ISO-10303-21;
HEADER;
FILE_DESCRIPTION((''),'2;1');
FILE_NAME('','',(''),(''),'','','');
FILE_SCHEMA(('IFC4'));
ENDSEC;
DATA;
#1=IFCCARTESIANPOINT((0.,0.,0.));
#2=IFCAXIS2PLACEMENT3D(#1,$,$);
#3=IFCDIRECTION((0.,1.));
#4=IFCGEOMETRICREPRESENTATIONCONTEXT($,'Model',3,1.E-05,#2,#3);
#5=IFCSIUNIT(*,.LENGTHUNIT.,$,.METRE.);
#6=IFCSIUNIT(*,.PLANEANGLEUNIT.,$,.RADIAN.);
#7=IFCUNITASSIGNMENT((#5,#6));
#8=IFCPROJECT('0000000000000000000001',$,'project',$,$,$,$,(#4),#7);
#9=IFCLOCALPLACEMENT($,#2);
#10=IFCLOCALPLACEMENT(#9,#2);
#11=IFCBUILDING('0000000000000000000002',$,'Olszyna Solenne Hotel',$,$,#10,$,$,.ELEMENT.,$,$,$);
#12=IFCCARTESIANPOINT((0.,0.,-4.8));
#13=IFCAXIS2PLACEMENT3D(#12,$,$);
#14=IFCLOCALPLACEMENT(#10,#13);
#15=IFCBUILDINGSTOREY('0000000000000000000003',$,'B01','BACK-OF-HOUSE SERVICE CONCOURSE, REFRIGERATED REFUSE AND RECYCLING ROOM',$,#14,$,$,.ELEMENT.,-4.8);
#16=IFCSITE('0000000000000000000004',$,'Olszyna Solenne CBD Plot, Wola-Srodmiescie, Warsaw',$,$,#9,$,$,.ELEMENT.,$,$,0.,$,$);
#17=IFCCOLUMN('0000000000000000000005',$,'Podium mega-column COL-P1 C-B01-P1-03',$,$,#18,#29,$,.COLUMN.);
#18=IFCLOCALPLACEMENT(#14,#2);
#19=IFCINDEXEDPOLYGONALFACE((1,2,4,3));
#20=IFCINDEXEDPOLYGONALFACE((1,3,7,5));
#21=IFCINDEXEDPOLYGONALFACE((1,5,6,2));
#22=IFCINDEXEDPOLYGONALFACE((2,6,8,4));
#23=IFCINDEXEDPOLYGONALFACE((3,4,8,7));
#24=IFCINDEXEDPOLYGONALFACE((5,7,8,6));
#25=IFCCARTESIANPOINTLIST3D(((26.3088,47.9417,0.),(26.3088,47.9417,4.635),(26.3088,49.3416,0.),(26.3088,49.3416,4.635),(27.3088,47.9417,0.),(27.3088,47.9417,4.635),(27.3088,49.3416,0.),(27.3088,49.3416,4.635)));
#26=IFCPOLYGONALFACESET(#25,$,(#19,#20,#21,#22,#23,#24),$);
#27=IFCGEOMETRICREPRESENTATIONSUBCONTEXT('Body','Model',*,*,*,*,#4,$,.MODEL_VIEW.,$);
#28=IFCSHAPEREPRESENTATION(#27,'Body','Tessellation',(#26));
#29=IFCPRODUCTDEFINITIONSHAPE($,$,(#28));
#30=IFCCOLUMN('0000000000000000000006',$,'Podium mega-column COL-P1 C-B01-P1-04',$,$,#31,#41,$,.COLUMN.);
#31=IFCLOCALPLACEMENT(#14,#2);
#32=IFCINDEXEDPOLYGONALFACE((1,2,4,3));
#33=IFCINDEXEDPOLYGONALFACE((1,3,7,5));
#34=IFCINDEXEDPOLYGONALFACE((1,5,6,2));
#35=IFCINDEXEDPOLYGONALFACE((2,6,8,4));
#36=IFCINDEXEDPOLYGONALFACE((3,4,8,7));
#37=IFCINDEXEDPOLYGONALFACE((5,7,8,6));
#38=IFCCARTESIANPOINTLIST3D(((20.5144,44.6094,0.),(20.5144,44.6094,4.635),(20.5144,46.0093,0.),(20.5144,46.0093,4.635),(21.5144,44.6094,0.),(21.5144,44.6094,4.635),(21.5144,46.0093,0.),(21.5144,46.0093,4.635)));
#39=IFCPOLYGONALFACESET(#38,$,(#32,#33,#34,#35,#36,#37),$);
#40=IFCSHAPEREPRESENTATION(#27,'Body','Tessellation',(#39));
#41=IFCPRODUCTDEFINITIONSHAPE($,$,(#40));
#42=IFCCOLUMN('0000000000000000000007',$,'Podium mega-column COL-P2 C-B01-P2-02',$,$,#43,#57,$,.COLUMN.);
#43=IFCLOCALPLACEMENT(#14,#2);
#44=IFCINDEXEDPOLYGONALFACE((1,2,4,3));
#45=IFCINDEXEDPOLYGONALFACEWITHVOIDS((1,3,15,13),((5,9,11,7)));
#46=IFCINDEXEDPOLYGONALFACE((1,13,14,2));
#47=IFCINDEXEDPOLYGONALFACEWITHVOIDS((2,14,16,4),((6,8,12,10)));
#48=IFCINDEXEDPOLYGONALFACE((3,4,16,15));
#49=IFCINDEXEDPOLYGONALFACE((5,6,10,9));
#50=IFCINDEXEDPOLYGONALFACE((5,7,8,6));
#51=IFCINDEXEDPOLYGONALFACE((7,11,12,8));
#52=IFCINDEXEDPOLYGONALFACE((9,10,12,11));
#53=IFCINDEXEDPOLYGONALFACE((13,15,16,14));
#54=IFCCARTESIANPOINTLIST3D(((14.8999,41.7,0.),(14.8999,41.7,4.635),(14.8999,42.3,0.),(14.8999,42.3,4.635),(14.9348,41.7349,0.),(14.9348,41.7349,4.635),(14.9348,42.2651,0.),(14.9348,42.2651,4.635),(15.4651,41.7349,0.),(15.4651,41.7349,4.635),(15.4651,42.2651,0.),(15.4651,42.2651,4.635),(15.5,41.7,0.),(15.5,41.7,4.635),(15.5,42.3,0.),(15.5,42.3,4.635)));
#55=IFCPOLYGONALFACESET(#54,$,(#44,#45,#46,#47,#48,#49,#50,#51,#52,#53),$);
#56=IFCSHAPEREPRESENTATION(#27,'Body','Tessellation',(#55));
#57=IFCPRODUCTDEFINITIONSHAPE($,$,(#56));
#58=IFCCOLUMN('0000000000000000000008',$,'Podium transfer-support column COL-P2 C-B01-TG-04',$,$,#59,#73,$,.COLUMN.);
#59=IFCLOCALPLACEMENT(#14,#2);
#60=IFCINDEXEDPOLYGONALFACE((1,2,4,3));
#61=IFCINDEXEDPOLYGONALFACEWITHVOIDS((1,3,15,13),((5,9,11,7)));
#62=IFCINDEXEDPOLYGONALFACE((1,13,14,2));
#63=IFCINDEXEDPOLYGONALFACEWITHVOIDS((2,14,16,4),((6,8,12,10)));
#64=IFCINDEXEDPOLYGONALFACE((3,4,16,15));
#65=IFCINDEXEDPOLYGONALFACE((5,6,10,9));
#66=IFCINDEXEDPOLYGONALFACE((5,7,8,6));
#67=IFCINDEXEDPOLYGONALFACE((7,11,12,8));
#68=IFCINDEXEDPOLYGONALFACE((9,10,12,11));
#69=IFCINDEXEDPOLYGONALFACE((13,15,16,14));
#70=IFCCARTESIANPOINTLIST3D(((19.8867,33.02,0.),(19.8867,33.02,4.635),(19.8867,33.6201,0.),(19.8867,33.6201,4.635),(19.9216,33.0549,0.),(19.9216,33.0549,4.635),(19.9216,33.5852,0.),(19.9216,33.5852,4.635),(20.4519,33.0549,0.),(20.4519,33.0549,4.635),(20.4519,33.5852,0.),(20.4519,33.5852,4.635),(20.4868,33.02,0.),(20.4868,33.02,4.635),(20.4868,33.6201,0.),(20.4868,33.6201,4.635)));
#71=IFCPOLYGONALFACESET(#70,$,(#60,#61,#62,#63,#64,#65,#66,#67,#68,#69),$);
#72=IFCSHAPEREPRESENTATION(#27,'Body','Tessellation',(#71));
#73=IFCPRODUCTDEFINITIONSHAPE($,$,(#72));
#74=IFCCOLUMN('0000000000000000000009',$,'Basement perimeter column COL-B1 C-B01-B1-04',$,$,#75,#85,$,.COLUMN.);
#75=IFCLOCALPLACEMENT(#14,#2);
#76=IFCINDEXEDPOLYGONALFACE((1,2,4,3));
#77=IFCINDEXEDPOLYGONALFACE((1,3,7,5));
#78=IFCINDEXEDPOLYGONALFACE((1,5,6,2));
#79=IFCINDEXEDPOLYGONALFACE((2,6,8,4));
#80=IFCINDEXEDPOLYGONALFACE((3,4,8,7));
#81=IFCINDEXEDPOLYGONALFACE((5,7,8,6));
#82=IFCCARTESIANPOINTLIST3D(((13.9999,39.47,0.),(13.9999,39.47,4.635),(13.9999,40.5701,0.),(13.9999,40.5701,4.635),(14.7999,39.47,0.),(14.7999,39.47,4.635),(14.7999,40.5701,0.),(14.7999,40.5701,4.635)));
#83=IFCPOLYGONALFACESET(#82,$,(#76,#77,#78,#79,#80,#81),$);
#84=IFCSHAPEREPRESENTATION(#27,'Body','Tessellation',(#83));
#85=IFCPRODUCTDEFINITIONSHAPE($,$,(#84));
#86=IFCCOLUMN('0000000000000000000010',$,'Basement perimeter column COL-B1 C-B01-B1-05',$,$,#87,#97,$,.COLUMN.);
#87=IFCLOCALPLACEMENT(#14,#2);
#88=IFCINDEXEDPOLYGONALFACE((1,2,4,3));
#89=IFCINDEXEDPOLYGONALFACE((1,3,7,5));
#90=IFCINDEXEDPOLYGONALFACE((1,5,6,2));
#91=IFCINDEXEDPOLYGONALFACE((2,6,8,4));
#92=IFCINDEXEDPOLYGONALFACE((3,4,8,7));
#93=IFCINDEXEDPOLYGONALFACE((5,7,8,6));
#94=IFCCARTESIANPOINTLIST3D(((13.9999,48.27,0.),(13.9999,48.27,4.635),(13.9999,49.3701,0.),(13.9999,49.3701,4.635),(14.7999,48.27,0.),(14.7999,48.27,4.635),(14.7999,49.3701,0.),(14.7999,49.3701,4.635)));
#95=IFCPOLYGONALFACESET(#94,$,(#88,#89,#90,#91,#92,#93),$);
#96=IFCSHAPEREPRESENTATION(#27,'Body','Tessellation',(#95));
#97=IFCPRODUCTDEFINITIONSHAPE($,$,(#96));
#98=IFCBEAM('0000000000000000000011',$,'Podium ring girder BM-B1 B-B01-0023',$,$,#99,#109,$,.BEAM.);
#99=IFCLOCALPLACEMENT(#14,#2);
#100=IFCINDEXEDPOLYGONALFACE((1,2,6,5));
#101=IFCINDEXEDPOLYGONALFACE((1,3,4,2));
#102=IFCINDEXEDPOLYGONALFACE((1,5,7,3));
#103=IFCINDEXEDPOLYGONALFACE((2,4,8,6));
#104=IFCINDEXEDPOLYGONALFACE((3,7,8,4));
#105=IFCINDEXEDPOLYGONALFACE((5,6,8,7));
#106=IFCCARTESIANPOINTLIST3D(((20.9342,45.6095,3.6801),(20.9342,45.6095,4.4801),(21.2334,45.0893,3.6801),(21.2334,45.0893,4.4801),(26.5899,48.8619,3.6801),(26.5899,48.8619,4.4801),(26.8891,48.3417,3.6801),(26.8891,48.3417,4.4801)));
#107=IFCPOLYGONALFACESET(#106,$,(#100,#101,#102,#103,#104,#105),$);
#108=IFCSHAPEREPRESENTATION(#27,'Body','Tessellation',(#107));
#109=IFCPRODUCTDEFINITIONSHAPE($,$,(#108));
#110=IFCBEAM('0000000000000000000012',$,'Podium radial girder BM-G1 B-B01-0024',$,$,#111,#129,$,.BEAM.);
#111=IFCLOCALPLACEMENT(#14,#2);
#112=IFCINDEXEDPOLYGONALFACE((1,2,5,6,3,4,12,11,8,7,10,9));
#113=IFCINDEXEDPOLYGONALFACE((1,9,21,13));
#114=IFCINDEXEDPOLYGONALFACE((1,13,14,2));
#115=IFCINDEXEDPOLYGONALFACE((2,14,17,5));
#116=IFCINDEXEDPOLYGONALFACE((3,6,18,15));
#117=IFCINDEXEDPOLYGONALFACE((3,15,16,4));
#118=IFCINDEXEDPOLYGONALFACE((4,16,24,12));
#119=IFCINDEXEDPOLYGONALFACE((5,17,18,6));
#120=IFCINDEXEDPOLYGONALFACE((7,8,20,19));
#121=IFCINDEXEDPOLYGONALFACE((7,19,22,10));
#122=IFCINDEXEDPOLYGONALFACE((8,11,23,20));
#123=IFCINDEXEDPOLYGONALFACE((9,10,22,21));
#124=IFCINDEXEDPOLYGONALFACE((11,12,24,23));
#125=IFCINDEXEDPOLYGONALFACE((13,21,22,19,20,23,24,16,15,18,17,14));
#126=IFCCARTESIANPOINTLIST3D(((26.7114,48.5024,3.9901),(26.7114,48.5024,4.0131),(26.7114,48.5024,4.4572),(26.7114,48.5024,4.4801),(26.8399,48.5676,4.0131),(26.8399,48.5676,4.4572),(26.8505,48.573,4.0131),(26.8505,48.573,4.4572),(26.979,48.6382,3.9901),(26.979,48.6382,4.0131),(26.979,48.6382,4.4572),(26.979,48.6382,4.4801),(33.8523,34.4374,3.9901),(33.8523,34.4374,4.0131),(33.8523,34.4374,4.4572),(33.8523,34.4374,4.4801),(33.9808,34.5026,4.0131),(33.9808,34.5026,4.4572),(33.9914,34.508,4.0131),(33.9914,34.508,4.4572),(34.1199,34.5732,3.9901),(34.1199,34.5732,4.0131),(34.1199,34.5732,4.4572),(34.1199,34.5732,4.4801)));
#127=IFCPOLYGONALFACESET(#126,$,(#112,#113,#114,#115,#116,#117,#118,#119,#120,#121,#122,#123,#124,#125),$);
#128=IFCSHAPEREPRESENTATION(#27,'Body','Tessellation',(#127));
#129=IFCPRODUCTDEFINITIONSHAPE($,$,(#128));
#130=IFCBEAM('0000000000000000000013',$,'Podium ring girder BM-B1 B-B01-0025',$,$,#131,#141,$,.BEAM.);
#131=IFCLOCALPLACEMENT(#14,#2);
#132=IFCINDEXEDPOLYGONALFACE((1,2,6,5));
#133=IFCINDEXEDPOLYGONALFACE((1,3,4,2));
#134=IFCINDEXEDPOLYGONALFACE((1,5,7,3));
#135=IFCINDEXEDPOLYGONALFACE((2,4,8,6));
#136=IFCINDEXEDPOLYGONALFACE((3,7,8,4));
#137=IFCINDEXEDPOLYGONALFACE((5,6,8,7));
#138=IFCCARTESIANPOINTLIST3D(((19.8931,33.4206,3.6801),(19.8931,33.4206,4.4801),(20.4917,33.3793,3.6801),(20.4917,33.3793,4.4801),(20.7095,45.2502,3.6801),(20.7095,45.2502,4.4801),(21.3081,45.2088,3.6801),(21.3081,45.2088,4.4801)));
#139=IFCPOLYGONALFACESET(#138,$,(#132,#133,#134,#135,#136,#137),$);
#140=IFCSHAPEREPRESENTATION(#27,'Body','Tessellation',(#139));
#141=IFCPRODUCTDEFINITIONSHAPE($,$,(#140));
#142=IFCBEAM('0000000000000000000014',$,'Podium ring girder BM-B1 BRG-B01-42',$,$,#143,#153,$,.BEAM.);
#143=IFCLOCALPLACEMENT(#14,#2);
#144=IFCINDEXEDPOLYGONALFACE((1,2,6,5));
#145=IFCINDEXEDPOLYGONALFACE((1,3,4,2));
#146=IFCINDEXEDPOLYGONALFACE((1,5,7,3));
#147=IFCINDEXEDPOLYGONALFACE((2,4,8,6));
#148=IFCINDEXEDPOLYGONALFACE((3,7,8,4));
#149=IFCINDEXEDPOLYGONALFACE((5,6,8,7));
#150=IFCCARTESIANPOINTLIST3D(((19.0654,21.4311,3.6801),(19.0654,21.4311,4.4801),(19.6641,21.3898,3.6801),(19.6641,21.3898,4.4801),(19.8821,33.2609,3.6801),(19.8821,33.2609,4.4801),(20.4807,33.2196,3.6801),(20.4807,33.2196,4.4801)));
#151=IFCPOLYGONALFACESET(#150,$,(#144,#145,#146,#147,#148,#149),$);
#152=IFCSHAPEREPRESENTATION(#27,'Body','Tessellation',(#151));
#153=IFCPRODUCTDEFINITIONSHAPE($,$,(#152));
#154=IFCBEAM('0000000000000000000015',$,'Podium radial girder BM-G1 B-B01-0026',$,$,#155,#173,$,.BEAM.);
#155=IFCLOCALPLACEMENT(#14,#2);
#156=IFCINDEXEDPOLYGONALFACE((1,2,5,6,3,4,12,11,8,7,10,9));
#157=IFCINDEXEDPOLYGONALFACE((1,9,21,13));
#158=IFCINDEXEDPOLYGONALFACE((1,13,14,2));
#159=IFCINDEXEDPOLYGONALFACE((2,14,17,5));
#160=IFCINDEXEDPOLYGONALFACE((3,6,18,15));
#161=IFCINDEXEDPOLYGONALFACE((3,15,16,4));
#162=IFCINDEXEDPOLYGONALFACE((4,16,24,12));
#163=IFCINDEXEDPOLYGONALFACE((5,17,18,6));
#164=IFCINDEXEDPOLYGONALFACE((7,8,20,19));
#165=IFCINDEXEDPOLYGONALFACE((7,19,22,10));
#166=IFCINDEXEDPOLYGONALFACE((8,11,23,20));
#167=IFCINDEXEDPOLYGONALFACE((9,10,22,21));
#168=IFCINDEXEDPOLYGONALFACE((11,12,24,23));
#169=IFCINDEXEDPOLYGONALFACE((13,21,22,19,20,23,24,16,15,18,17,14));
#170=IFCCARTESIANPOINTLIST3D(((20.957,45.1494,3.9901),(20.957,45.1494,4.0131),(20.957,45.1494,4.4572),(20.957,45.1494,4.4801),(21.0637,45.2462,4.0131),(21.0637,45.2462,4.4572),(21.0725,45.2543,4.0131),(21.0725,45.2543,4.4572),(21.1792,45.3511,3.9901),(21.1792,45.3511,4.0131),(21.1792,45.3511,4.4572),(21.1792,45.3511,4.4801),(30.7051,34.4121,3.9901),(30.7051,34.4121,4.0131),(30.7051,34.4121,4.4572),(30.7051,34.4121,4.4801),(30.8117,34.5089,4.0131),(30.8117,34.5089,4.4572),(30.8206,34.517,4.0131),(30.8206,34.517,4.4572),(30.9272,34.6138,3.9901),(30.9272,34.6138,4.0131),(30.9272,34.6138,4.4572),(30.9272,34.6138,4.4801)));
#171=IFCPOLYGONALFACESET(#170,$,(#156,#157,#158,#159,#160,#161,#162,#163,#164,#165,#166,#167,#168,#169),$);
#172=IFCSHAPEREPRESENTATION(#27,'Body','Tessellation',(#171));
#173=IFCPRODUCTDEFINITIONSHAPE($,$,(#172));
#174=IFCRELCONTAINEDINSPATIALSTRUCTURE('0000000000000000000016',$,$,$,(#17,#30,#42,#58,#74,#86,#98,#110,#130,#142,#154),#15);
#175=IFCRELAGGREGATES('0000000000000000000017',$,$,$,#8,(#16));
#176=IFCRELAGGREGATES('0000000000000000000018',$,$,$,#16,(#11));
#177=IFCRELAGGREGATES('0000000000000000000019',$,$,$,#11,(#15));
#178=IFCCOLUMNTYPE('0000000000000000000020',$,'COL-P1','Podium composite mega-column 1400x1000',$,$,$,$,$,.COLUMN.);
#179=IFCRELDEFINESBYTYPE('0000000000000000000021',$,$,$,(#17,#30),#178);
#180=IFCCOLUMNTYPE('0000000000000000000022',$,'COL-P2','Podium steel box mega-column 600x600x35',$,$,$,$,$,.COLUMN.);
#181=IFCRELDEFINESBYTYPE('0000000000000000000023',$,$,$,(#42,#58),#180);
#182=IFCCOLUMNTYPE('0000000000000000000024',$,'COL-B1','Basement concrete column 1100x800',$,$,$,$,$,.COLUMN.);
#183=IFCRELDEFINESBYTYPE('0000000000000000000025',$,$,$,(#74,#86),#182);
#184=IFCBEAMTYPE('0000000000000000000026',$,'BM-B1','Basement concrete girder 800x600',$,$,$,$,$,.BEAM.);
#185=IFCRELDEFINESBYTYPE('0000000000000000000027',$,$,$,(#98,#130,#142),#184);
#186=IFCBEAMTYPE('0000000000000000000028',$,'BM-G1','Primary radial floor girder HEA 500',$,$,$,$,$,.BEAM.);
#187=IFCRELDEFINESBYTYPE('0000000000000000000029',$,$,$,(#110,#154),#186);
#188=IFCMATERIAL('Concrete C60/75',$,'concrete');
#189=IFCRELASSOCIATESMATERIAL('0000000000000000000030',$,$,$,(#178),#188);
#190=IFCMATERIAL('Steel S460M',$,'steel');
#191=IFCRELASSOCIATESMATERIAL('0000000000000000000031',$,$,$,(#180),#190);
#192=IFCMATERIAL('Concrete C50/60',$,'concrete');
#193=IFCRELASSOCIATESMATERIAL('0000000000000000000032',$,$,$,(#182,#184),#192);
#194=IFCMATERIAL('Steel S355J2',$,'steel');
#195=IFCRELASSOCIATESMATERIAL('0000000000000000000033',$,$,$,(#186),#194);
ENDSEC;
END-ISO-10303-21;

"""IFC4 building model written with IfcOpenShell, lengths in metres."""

from ifc_helpers import new_model, si_unit, direction, frame, origin, origin_2d, place, context, subcontext, project, spatial, rectangle, hollow_rectangle, i_section, extrude, source, transform, mapped, material, material_profile, profile_set, type_object, element, save


model = new_model("IFC4")

# Units and contexts
model_context = context("Model", 3, precision=1e-05, world=origin(), true_north=direction((0.0, 1.0)))
body_context = subcontext(model_context, "Body", "Model", "MODEL_VIEW")
ifc_project = project(units=[si_unit("LENGTHUNIT", "METRE"), si_unit("PLANEANGLEUNIT", "RADIAN")], contexts=[model_context])

# Site, building, storey
site_placement = place(None, origin())
site = spatial("IfcSite", under=ifc_project, at=site_placement, Name="Olszyna Solenne CBD Plot, Wola-Srodmiescie, Warsaw", CompositionType="ELEMENT", RefElevation=0.0)
building_placement = place(site_placement, origin())
building = spatial("IfcBuilding", under=site, at=building_placement, Name="Olszyna Solenne Hotel", CompositionType="ELEMENT")
storey_placement = place(building_placement, frame((0.0, 0.0, -4.8)))
storey = spatial("IfcBuildingStorey", under=building, at=storey_placement, Name="B01", Description="BACK-OF-HOUSE SERVICE CONCOURSE, REFRIGERATED REFUSE AND RECYCLING ROOM", CompositionType="ELEMENT", Elevation=-4.8)

# Columns
ifc_material_1 = material(Name="Concrete C60/75", Category="concrete")
ifc_material_profile_1 = material_profile(ifc_material_1, rectangle(XDim=1.0, YDim=1.3999, at=origin_2d()), Name="RC 1400x1000", Category="load-bearing")
ifc_profile_set_1 = profile_set([ifc_material_profile_1], Name="Concrete C60/75")
column_type_1 = type_object("IfcColumnType", Name="COL-P1", Description="Podium composite mega-column 1400x1000", PredefinedType="COLUMN", material=ifc_profile_set_1)
shared_shape_1 = source(origin(), body_context, "Body", "SweptSolid", [
    extrude(rectangle(XDim=1.0, YDim=1.3999, at=origin_2d()), origin(), (0.0, 0.0, 1.0), 4.635),
])
for number, where, z_axis, x_axis, name in (
    (1, (26.8088, 48.6416, 0.0), (0.0, 0.0, 1.0), (1.0, 0.0, 0.0), "Podium mega-column COL-P1 C-B01-P1-03"),
    (2, (21.0144, 45.3093, 0.0), (0.0, 0.0, 1.0), (1.0, 0.0, 0.0), "Podium mega-column COL-P1 C-B01-P1-04"),
):
    element("IfcColumn", number, at=place(storey_placement, frame(where, z_axis=z_axis, x_axis=x_axis)), inside=storey, type_object=column_type_1, Name=name, PredefinedType="COLUMN", context=body_context, shape_type="MappedRepresentation", body=[
        mapped(shared_shape_1, transform((0.0, 0.0, 0.0), x_axis=(1.0, 0.0, 0.0), y_axis=(0.0, 1.0, 0.0), z_axis=(0.0, 0.0, 1.0), scale=1.0)),
    ])
ifc_material_2 = material(Name="Steel S460M", Category="steel")
ifc_material_profile_2 = material_profile(ifc_material_2, hollow_rectangle(XDim=0.6001, YDim=0.6001, WallThickness=0.0349, at=origin_2d()), Name="SHS 600x600x35", Category="load-bearing")
ifc_profile_set_2 = profile_set([ifc_material_profile_2], Name="Steel S460M")
column_type_2 = type_object("IfcColumnType", Name="COL-P2", Description="Podium steel box mega-column 600x600x35", PredefinedType="COLUMN", material=ifc_profile_set_2)
shared_shape_2 = source(origin(), body_context, "Body", "SweptSolid", [
    extrude(hollow_rectangle(XDim=0.6001, YDim=0.6001, WallThickness=0.0349, at=origin_2d()), origin(), (0.0, 0.0, 1.0), 4.635),
])
for number, where, z_axis, x_axis, name in (
    (3, (15.2, 42.0, 0.0), (0.0, 0.0, 1.0), (1.0, 0.0, 0.0), "Podium mega-column COL-P2 C-B01-P2-02"),
    (4, (20.1868, 33.3201, 0.0), (0.0, 0.0, 1.0), (1.0, 0.0, 0.0), "Podium transfer-support column COL-P2 C-B01-TG-04"),
):
    element("IfcColumn", number, at=place(storey_placement, frame(where, z_axis=z_axis, x_axis=x_axis)), inside=storey, type_object=column_type_2, Name=name, PredefinedType="COLUMN", context=body_context, shape_type="MappedRepresentation", body=[
        mapped(shared_shape_2, transform((0.0, 0.0, 0.0), x_axis=(1.0, 0.0, 0.0), y_axis=(0.0, 1.0, 0.0), z_axis=(0.0, 0.0, 1.0), scale=1.0)),
    ])
ifc_material_3 = material(Name="Concrete C50/60", Category="concrete")
ifc_material_profile_3 = material_profile(ifc_material_3, rectangle(XDim=0.8, YDim=1.1001, at=origin_2d()), Name="RC 1100x800", Category="load-bearing")
ifc_profile_set_3 = profile_set([ifc_material_profile_3], Name="Concrete C50/60")
column_type_3 = type_object("IfcColumnType", Name="COL-B1", Description="Basement concrete column 1100x800", PredefinedType="COLUMN", material=ifc_profile_set_3)
shared_shape_3 = source(origin(), body_context, "Body", "SweptSolid", [
    extrude(rectangle(XDim=0.8, YDim=1.1001, at=origin_2d()), origin(), (0.0, 0.0, 1.0), 4.635),
])
for number, where, z_axis, x_axis, name in (
    (5, (14.3999, 40.02, 0.0), (0.0, 0.0, 1.0), (1.0, 0.0, 0.0), "Basement perimeter column COL-B1 C-B01-B1-04"),
    (6, (14.3999, 48.8201, 0.0), (0.0, 0.0, 1.0), (1.0, 0.0, 0.0), "Basement perimeter column COL-B1 C-B01-B1-05"),
):
    element("IfcColumn", number, at=place(storey_placement, frame(where, z_axis=z_axis, x_axis=x_axis)), inside=storey, type_object=column_type_3, Name=name, PredefinedType="COLUMN", context=body_context, shape_type="MappedRepresentation", body=[
        mapped(shared_shape_3, transform((0.0, 0.0, 0.0), x_axis=(1.0, 0.0, 0.0), y_axis=(0.0, 1.0, 0.0), z_axis=(0.0, 0.0, 1.0), scale=1.0)),
    ])

# Beams
ifc_material_profile_4 = material_profile(ifc_material_3, rectangle(XDim=0.6001, YDim=0.8, at=origin_2d()), Name="RC 800x600", Category="load-bearing")
ifc_profile_set_4 = profile_set([ifc_material_profile_4], Name="Concrete C50/60")
beam_type_1 = type_object("IfcBeamType", Name="BM-B1", Description="Basement concrete girder 800x600", PredefinedType="BEAM", material=ifc_profile_set_4)
shared_shape_4 = source(origin(), body_context, "Body", "SweptSolid", [
    extrude(rectangle(XDim=0.6001, YDim=0.8, at=origin_2d()), origin(), (0.0, 0.0, 1.0), 6.5242),
])
beam_1_placement = place(storey_placement, frame((26.7395, 48.6018, 4.0801), z_axis=(-0.866881, -0.498515, 0.0), x_axis=(0.498515, -0.866881, 0.0)))
element("IfcBeam", 7, at=beam_1_placement, inside=storey, type_object=beam_type_1, Name="Podium ring girder BM-B1 B-B01-0023", PredefinedType="BEAM", context=body_context, shape_type="MappedRepresentation", body=[
    mapped(shared_shape_4, transform((0.0, 0.0, 0.0), x_axis=(1.0, 0.0, 0.0), y_axis=(0.0, 1.0, 0.0), z_axis=(0.0, 0.0, 1.0), scale=1.0)),
])
ifc_material_4 = material(Name="Steel S355J2", Category="steel")
ifc_material_profile_5 = material_profile(ifc_material_4, i_section(OverallWidth=0.3, OverallDepth=0.49, WebThickness=0.012, FlangeThickness=0.0229, at=origin_2d()), Name="HEA 500", Category="load-bearing")
ifc_profile_set_5 = profile_set([ifc_material_profile_5], Name="Steel S355J2")
beam_type_2 = type_object("IfcBeamType", Name="BM-G1", Description="Primary radial floor girder HEA 500", PredefinedType="BEAM", material=ifc_profile_set_5)
shared_shape_5 = source(origin(), body_context, "Body", "SweptSolid", [
    extrude(i_section(OverallWidth=0.3, OverallDepth=0.49, WebThickness=0.012, FlangeThickness=0.0229, at=origin_2d()), origin(), (0.0, 0.0, 1.0), 15.7739),
])
beam_2_placement = place(storey_placement, frame((26.8452, 48.5703, 4.2351), z_axis=(0.452703, -0.891661, 0.0), x_axis=(0.891661, 0.452703, 0.0)))
element("IfcBeam", 8, at=beam_2_placement, inside=storey, type_object=beam_type_2, Name="Podium radial girder BM-G1 B-B01-0024", PredefinedType="BEAM", context=body_context, shape_type="MappedRepresentation", body=[
    mapped(shared_shape_5, transform((0.0, 0.0, 0.0), x_axis=(1.0, 0.0, 0.0), y_axis=(0.0, 1.0, 0.0), z_axis=(0.0, 0.0, 1.0), scale=1.0)),
])
shared_shape_6 = source(origin(), body_context, "Body", "SweptSolid", [
    extrude(rectangle(XDim=0.6001, YDim=0.8, at=origin_2d()), origin(), (0.0, 0.0, 1.0), 11.8577),
])
beam_3_placement = place(storey_placement, frame((21.0088, 45.2295, 4.0801), z_axis=(-0.06885, -0.997627, 0.0), x_axis=(0.997627, -0.06885, 0.0)))
element("IfcBeam", 9, at=beam_3_placement, inside=storey, type_object=beam_type_1, Name="Podium ring girder BM-B1 B-B01-0025", PredefinedType="BEAM", context=body_context, shape_type="MappedRepresentation", body=[
    mapped(shared_shape_6, transform((0.0, 0.0, 0.0), x_axis=(1.0, 0.0, 0.0), y_axis=(0.0, 1.0, 0.0), z_axis=(0.0, 0.0, 1.0), scale=1.0)),
])
shared_shape_7 = source(origin(), body_context, "Body", "SweptSolid", [
    extrude(rectangle(XDim=0.6001, YDim=0.8, at=origin_2d()), origin(), (0.0, 0.0, 1.0), 11.8579),
])
beam_4_placement = place(storey_placement, frame((20.1814, 33.2402, 4.0801), z_axis=(-0.068869, -0.997626, 0.0), x_axis=(0.997626, -0.068869, 0.0)))
element("IfcBeam", 10, at=beam_4_placement, inside=storey, type_object=beam_type_1, Name="Podium ring girder BM-B1 BRG-B01-42", PredefinedType="BEAM", context=body_context, shape_type="MappedRepresentation", body=[
    mapped(shared_shape_7, transform((0.0, 0.0, 0.0), x_axis=(1.0, 0.0, 0.0), y_axis=(0.0, 1.0, 0.0), z_axis=(0.0, 0.0, 1.0), scale=1.0)),
])
shared_shape_8 = source(origin(), body_context, "Body", "SweptSolid", [
    extrude(i_section(OverallWidth=0.3, OverallDepth=0.49, WebThickness=0.012, FlangeThickness=0.0229, at=origin_2d()), origin(), (0.0, 0.0, 1.0), 14.5022),
])
beam_5_placement = place(storey_placement, frame((21.0681, 45.2502, 4.2351), z_axis=(0.672177, -0.740391, 0.0), x_axis=(0.740391, 0.672177, 0.0)))
element("IfcBeam", 11, at=beam_5_placement, inside=storey, type_object=beam_type_2, Name="Podium radial girder BM-G1 B-B01-0026", PredefinedType="BEAM", context=body_context, shape_type="MappedRepresentation", body=[
    mapped(shared_shape_8, transform((0.0, 0.0, 0.0), x_axis=(1.0, 0.0, 0.0), y_axis=(0.0, 1.0, 0.0), z_axis=(0.0, 0.0, 1.0), scale=1.0)),
])

save(model, "model.ifc")
